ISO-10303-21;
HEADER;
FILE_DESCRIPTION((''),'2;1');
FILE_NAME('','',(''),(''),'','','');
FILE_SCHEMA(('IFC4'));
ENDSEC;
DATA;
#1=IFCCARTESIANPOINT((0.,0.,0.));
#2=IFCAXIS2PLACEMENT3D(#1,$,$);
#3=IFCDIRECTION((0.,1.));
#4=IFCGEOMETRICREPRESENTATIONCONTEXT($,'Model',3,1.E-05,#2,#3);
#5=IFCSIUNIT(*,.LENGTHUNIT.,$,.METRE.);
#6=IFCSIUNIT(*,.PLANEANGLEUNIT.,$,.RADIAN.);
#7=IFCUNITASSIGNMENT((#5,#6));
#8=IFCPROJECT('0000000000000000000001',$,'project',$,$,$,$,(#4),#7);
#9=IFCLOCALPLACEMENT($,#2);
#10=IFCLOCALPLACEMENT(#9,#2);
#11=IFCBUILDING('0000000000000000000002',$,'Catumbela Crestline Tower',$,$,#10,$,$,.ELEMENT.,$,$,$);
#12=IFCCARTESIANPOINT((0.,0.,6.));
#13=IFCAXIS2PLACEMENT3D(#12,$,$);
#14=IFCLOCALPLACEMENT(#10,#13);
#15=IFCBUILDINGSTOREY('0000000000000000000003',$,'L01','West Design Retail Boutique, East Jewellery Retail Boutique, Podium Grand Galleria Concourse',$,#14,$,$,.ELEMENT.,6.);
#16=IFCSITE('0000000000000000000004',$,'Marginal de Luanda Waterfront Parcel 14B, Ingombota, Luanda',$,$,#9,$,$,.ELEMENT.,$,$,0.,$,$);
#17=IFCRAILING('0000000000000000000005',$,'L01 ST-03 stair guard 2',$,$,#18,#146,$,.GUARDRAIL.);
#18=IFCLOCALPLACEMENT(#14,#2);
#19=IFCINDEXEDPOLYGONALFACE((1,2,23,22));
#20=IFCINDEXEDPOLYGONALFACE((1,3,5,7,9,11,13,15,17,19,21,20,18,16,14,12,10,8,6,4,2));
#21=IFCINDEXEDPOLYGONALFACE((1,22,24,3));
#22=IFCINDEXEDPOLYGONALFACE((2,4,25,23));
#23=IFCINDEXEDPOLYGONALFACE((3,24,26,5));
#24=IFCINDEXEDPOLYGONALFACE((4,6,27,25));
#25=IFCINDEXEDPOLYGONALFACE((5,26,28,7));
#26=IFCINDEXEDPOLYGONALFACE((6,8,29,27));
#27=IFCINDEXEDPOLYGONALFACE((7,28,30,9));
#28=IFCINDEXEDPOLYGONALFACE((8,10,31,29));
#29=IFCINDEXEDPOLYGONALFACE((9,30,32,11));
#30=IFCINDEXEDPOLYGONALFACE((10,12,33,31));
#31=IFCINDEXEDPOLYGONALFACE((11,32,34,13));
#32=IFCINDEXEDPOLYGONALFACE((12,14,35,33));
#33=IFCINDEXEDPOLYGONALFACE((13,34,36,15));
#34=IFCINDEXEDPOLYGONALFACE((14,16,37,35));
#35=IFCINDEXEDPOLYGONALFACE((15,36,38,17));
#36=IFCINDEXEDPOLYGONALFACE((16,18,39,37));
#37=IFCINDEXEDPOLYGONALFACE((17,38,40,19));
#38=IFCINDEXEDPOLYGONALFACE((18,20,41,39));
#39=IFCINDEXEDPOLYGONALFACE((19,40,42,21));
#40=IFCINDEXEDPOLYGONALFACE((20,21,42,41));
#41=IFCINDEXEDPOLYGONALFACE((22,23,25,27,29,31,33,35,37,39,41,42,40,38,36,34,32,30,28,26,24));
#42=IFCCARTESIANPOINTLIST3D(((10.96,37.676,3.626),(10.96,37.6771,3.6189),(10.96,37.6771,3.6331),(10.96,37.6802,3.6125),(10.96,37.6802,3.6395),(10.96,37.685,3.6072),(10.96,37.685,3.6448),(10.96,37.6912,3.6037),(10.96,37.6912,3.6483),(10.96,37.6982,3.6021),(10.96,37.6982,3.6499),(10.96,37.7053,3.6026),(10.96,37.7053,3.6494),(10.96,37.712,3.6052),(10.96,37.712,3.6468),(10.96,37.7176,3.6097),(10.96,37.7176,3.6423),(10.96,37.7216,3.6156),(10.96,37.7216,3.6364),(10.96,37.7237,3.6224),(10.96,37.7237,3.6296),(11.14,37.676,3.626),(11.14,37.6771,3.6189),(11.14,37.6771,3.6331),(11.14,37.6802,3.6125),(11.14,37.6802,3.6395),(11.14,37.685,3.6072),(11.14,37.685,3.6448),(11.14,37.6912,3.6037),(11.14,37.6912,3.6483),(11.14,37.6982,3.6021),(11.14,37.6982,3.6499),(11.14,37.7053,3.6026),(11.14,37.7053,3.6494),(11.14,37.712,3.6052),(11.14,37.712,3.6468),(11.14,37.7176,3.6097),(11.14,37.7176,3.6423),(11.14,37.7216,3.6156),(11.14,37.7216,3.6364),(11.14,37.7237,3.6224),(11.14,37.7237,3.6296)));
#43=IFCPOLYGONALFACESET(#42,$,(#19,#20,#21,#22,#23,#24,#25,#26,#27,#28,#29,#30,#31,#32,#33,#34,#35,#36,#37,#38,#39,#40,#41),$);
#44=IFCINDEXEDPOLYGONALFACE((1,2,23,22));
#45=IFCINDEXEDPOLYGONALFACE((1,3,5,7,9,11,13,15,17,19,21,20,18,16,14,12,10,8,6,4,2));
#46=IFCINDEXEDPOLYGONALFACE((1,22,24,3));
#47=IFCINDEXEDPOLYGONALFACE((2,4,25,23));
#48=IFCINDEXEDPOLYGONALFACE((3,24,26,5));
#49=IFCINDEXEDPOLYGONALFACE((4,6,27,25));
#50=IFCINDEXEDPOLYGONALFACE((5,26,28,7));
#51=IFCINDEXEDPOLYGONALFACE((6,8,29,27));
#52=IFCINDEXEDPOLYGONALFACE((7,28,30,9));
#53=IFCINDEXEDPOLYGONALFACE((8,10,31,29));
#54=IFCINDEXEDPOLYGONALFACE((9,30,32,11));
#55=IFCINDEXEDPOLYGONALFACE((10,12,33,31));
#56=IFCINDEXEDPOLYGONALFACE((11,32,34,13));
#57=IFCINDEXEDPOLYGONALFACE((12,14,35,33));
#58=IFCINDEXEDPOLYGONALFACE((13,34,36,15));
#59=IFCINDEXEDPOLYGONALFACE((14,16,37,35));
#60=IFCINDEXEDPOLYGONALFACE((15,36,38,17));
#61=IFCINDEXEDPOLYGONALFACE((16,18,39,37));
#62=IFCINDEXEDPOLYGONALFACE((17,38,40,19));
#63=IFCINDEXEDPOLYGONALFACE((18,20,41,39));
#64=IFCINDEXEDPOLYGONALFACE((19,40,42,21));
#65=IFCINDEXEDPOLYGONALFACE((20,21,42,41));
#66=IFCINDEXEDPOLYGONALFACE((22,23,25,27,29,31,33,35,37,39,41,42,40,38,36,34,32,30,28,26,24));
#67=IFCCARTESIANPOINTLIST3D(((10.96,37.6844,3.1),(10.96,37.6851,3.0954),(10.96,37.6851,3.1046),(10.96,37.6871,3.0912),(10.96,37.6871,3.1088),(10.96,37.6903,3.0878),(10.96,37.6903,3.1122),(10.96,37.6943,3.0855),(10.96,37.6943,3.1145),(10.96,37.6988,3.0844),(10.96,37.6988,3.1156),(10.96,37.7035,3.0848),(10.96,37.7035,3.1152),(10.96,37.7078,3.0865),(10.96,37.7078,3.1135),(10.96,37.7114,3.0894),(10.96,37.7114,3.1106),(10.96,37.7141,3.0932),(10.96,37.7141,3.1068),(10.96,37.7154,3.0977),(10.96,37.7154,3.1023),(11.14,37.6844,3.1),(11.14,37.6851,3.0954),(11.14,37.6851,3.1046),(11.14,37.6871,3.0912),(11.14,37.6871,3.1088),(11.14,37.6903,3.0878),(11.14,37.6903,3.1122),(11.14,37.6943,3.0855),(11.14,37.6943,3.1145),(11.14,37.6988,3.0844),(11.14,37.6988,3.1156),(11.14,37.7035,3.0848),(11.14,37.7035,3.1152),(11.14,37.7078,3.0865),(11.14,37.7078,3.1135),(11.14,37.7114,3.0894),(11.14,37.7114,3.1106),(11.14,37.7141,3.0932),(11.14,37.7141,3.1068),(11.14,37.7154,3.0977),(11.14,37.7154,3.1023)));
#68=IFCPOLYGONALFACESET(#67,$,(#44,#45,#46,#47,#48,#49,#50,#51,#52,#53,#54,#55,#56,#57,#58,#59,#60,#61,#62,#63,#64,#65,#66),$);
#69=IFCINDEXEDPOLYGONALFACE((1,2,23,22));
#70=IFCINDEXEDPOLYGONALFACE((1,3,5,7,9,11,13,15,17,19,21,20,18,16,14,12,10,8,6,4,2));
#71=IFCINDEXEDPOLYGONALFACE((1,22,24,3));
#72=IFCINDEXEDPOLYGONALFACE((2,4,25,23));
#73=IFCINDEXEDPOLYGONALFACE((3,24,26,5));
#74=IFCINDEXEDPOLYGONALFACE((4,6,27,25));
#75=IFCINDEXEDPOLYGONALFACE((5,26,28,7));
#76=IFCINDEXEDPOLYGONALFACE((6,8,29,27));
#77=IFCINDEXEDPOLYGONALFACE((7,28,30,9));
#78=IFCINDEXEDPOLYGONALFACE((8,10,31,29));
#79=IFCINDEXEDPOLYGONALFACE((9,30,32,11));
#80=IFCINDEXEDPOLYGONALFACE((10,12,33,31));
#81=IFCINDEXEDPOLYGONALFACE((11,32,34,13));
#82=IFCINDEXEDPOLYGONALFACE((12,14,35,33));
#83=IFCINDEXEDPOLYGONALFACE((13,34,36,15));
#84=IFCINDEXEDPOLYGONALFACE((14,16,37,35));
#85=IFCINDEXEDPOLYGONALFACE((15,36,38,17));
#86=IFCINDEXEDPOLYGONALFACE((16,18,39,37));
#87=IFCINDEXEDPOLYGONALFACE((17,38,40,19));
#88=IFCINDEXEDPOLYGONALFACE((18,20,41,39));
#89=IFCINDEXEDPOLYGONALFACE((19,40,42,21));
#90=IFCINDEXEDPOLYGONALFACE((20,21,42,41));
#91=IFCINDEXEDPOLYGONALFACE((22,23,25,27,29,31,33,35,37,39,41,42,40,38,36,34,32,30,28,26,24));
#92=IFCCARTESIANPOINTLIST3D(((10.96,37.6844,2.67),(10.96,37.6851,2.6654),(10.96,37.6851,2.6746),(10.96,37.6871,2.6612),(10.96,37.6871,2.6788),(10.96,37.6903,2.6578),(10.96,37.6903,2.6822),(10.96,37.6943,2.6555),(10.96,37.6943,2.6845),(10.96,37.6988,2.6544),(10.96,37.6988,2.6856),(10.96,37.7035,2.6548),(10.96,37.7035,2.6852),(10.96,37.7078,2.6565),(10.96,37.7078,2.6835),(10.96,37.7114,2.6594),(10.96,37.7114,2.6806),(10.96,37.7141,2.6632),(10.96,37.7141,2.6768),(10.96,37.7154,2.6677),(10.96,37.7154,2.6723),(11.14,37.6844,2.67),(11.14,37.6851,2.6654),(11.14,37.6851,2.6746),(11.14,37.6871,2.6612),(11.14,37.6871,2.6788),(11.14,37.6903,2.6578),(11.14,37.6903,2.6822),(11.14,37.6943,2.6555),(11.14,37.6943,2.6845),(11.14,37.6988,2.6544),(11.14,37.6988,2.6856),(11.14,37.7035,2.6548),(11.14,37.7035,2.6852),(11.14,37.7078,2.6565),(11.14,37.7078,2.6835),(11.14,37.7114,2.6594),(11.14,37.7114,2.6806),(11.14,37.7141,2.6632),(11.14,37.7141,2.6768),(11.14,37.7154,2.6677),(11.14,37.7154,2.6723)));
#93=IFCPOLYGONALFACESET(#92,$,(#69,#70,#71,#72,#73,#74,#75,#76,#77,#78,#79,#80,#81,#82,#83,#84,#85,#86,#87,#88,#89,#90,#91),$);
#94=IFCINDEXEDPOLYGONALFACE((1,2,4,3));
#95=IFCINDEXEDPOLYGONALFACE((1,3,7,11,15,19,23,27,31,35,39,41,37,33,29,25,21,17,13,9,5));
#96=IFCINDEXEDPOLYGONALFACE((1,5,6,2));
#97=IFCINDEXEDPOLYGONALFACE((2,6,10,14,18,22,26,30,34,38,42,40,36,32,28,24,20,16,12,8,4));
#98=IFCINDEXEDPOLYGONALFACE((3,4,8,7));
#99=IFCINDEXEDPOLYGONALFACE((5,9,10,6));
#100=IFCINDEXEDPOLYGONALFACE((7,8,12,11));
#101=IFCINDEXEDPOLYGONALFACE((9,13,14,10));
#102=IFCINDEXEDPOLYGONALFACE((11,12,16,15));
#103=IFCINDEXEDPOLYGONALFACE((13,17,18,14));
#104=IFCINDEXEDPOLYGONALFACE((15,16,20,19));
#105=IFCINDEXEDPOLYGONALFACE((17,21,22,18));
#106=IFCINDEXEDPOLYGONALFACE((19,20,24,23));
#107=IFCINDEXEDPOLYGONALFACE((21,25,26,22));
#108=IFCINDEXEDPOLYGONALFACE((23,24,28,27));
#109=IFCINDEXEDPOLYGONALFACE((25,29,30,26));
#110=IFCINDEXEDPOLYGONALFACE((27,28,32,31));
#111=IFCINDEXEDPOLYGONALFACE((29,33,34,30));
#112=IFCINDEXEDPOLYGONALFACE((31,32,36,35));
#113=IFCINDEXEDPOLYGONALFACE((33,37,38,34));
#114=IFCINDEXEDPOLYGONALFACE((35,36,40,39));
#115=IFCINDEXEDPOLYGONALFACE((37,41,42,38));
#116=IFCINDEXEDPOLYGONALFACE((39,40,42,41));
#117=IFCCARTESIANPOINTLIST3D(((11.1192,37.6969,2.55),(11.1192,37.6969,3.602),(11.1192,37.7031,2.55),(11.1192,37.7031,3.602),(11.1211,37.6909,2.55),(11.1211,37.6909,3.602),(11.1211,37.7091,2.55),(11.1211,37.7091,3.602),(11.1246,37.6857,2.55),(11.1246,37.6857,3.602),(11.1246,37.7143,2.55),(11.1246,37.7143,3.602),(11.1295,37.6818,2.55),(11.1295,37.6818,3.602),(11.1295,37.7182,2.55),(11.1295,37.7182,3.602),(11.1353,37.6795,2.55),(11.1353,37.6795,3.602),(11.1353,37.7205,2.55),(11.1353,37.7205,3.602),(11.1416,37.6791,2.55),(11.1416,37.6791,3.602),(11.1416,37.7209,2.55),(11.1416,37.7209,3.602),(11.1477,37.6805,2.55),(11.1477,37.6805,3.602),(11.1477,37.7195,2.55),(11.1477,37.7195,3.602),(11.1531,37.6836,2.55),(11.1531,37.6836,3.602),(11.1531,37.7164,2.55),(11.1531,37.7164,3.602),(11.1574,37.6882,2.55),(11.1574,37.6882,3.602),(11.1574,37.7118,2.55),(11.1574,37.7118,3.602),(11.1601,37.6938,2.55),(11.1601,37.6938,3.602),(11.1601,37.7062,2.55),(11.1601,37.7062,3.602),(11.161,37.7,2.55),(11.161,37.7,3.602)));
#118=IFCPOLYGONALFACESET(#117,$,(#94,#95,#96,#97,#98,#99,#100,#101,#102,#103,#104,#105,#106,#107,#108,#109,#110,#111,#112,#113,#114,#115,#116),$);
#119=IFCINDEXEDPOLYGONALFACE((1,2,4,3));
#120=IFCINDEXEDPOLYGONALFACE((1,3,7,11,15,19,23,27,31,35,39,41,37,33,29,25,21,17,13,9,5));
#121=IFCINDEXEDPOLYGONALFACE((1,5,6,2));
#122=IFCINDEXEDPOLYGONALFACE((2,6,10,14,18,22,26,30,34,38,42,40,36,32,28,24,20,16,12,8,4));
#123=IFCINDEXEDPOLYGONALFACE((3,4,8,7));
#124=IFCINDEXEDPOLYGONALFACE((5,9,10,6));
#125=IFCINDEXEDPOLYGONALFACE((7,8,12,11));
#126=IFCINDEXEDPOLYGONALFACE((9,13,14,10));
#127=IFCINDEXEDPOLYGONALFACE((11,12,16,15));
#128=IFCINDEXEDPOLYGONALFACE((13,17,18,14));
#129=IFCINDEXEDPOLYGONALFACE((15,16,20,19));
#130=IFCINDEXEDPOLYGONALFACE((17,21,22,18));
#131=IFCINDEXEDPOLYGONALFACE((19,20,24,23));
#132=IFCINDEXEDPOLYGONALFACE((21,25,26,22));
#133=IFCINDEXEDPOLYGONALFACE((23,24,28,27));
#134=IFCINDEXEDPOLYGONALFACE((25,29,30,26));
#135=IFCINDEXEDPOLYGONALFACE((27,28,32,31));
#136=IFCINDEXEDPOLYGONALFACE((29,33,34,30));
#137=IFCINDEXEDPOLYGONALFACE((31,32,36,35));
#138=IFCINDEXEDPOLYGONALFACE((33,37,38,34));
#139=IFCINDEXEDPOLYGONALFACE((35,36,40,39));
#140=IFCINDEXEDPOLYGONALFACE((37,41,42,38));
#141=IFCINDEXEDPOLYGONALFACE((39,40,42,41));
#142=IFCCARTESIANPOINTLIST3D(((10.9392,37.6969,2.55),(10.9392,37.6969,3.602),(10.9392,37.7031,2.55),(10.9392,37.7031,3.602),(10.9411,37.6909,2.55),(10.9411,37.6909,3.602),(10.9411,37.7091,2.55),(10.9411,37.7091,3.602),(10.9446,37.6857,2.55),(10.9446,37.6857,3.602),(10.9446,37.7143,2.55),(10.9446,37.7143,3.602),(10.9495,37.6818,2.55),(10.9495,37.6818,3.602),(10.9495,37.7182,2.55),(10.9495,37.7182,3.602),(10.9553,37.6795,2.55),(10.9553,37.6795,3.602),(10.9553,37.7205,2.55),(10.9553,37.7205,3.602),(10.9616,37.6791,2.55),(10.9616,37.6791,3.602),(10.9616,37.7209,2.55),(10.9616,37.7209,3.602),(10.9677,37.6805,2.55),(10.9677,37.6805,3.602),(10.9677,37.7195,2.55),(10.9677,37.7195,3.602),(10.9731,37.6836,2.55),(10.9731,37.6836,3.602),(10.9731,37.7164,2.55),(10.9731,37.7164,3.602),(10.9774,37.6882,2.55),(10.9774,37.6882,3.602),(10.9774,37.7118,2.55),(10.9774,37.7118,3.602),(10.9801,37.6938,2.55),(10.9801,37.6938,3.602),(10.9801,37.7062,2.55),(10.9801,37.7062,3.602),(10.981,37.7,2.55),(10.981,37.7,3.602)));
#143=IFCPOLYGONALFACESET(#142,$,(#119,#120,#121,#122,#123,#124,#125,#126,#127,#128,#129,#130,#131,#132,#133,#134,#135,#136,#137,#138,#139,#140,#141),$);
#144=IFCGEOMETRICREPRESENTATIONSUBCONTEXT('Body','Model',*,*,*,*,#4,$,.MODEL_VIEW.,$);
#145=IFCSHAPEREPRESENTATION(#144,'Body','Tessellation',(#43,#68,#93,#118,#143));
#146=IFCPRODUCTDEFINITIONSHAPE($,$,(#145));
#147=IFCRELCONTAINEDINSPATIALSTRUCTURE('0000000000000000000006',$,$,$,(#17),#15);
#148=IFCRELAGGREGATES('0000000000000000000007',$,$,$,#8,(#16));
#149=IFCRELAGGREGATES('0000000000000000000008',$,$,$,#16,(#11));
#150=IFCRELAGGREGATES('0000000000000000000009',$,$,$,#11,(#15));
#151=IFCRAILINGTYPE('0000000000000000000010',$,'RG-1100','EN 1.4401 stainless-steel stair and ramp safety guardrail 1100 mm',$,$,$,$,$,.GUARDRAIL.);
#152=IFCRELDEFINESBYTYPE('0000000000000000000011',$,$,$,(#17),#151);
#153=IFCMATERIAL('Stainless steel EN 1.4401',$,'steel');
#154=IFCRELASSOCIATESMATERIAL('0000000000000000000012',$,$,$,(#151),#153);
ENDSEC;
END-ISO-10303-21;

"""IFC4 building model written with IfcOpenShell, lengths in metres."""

from ifc_helpers import new_model, si_unit, direction, frame, origin, origin_2d, place, context, subcontext, project, spatial, circle, extrude, material, type_object, element, save


model = new_model("IFC4")

# Units and contexts
model_context = context("Model", 3, precision=1e-05, world=origin(), true_north=direction((0.0, 1.0)))
body_context = subcontext(model_context, "Body", "Model", "MODEL_VIEW")
ifc_project = project(units=[si_unit("LENGTHUNIT", "METRE"), si_unit("PLANEANGLEUNIT", "RADIAN")], contexts=[model_context])

# Site, building, storey
site_placement = place(None, origin())
site = spatial("IfcSite", under=ifc_project, at=site_placement, Name="Marginal de Luanda Waterfront Parcel 14B, Ingombota, Luanda", CompositionType="ELEMENT", RefElevation=0.0)
building_placement = place(site_placement, origin())
building = spatial("IfcBuilding", under=site, at=building_placement, Name="Catumbela Crestline Tower", CompositionType="ELEMENT")
storey_placement = place(building_placement, frame((0.0, 0.0, 6.0)))
storey = spatial("IfcBuildingStorey", under=building, at=storey_placement, Name="L01", Description="West Design Retail Boutique, East Jewellery Retail Boutique, Podium Grand Galleria Concourse", CompositionType="ELEMENT", Elevation=6.0)

# Railing
ifc_material_1 = material(Name="Stainless steel EN 1.4401", Category="steel")
railing_type_1 = type_object("IfcRailingType", Name="RG-1100", Description="EN 1.4401 stainless-steel stair and ramp safety guardrail 1100 mm", PredefinedType="GUARDRAIL", material=ifc_material_1)
railing_1_placement = place(storey_placement, frame((11.14, 37.7, 2.55)))
element("IfcRailing", 1, at=railing_1_placement, inside=storey, type_object=railing_type_1, Name="L01 ST-03 stair guard 2", PredefinedType="GUARDRAIL", context=body_context, shape_type="SweptSolid", body=[
    extrude(circle(Radius=0.024, at=origin_2d()), frame((0.0, 0.0, 1.076), z_axis=(-1.0, 0.0, 0.0), x_axis=(0.0, -1.0, 0.0)), (0.0, 0.0, 1.0), 0.18),
    extrude(circle(Radius=0.0156, at=origin_2d()), frame((0.0, 0.0, 0.55), z_axis=(-1.0, 0.0, 0.0), x_axis=(0.0, -1.0, 0.0)), (0.0, 0.0, 1.0), 0.18),
    extrude(circle(Radius=0.0156, at=origin_2d()), frame((0.0, 0.0, 0.12), z_axis=(-1.0, 0.0, 0.0), x_axis=(0.0, -1.0, 0.0)), (0.0, 0.0, 1.0), 0.18),
    extrude(circle(Radius=0.021, at=origin_2d()), origin(), (0.0, 0.0, 1.0), 1.052),
    extrude(circle(Radius=0.021, at=origin_2d()), frame((-0.18, 0.0, 0.0)), (0.0, 0.0, 1.0), 1.052),
])

save(model, "model.ifc")
